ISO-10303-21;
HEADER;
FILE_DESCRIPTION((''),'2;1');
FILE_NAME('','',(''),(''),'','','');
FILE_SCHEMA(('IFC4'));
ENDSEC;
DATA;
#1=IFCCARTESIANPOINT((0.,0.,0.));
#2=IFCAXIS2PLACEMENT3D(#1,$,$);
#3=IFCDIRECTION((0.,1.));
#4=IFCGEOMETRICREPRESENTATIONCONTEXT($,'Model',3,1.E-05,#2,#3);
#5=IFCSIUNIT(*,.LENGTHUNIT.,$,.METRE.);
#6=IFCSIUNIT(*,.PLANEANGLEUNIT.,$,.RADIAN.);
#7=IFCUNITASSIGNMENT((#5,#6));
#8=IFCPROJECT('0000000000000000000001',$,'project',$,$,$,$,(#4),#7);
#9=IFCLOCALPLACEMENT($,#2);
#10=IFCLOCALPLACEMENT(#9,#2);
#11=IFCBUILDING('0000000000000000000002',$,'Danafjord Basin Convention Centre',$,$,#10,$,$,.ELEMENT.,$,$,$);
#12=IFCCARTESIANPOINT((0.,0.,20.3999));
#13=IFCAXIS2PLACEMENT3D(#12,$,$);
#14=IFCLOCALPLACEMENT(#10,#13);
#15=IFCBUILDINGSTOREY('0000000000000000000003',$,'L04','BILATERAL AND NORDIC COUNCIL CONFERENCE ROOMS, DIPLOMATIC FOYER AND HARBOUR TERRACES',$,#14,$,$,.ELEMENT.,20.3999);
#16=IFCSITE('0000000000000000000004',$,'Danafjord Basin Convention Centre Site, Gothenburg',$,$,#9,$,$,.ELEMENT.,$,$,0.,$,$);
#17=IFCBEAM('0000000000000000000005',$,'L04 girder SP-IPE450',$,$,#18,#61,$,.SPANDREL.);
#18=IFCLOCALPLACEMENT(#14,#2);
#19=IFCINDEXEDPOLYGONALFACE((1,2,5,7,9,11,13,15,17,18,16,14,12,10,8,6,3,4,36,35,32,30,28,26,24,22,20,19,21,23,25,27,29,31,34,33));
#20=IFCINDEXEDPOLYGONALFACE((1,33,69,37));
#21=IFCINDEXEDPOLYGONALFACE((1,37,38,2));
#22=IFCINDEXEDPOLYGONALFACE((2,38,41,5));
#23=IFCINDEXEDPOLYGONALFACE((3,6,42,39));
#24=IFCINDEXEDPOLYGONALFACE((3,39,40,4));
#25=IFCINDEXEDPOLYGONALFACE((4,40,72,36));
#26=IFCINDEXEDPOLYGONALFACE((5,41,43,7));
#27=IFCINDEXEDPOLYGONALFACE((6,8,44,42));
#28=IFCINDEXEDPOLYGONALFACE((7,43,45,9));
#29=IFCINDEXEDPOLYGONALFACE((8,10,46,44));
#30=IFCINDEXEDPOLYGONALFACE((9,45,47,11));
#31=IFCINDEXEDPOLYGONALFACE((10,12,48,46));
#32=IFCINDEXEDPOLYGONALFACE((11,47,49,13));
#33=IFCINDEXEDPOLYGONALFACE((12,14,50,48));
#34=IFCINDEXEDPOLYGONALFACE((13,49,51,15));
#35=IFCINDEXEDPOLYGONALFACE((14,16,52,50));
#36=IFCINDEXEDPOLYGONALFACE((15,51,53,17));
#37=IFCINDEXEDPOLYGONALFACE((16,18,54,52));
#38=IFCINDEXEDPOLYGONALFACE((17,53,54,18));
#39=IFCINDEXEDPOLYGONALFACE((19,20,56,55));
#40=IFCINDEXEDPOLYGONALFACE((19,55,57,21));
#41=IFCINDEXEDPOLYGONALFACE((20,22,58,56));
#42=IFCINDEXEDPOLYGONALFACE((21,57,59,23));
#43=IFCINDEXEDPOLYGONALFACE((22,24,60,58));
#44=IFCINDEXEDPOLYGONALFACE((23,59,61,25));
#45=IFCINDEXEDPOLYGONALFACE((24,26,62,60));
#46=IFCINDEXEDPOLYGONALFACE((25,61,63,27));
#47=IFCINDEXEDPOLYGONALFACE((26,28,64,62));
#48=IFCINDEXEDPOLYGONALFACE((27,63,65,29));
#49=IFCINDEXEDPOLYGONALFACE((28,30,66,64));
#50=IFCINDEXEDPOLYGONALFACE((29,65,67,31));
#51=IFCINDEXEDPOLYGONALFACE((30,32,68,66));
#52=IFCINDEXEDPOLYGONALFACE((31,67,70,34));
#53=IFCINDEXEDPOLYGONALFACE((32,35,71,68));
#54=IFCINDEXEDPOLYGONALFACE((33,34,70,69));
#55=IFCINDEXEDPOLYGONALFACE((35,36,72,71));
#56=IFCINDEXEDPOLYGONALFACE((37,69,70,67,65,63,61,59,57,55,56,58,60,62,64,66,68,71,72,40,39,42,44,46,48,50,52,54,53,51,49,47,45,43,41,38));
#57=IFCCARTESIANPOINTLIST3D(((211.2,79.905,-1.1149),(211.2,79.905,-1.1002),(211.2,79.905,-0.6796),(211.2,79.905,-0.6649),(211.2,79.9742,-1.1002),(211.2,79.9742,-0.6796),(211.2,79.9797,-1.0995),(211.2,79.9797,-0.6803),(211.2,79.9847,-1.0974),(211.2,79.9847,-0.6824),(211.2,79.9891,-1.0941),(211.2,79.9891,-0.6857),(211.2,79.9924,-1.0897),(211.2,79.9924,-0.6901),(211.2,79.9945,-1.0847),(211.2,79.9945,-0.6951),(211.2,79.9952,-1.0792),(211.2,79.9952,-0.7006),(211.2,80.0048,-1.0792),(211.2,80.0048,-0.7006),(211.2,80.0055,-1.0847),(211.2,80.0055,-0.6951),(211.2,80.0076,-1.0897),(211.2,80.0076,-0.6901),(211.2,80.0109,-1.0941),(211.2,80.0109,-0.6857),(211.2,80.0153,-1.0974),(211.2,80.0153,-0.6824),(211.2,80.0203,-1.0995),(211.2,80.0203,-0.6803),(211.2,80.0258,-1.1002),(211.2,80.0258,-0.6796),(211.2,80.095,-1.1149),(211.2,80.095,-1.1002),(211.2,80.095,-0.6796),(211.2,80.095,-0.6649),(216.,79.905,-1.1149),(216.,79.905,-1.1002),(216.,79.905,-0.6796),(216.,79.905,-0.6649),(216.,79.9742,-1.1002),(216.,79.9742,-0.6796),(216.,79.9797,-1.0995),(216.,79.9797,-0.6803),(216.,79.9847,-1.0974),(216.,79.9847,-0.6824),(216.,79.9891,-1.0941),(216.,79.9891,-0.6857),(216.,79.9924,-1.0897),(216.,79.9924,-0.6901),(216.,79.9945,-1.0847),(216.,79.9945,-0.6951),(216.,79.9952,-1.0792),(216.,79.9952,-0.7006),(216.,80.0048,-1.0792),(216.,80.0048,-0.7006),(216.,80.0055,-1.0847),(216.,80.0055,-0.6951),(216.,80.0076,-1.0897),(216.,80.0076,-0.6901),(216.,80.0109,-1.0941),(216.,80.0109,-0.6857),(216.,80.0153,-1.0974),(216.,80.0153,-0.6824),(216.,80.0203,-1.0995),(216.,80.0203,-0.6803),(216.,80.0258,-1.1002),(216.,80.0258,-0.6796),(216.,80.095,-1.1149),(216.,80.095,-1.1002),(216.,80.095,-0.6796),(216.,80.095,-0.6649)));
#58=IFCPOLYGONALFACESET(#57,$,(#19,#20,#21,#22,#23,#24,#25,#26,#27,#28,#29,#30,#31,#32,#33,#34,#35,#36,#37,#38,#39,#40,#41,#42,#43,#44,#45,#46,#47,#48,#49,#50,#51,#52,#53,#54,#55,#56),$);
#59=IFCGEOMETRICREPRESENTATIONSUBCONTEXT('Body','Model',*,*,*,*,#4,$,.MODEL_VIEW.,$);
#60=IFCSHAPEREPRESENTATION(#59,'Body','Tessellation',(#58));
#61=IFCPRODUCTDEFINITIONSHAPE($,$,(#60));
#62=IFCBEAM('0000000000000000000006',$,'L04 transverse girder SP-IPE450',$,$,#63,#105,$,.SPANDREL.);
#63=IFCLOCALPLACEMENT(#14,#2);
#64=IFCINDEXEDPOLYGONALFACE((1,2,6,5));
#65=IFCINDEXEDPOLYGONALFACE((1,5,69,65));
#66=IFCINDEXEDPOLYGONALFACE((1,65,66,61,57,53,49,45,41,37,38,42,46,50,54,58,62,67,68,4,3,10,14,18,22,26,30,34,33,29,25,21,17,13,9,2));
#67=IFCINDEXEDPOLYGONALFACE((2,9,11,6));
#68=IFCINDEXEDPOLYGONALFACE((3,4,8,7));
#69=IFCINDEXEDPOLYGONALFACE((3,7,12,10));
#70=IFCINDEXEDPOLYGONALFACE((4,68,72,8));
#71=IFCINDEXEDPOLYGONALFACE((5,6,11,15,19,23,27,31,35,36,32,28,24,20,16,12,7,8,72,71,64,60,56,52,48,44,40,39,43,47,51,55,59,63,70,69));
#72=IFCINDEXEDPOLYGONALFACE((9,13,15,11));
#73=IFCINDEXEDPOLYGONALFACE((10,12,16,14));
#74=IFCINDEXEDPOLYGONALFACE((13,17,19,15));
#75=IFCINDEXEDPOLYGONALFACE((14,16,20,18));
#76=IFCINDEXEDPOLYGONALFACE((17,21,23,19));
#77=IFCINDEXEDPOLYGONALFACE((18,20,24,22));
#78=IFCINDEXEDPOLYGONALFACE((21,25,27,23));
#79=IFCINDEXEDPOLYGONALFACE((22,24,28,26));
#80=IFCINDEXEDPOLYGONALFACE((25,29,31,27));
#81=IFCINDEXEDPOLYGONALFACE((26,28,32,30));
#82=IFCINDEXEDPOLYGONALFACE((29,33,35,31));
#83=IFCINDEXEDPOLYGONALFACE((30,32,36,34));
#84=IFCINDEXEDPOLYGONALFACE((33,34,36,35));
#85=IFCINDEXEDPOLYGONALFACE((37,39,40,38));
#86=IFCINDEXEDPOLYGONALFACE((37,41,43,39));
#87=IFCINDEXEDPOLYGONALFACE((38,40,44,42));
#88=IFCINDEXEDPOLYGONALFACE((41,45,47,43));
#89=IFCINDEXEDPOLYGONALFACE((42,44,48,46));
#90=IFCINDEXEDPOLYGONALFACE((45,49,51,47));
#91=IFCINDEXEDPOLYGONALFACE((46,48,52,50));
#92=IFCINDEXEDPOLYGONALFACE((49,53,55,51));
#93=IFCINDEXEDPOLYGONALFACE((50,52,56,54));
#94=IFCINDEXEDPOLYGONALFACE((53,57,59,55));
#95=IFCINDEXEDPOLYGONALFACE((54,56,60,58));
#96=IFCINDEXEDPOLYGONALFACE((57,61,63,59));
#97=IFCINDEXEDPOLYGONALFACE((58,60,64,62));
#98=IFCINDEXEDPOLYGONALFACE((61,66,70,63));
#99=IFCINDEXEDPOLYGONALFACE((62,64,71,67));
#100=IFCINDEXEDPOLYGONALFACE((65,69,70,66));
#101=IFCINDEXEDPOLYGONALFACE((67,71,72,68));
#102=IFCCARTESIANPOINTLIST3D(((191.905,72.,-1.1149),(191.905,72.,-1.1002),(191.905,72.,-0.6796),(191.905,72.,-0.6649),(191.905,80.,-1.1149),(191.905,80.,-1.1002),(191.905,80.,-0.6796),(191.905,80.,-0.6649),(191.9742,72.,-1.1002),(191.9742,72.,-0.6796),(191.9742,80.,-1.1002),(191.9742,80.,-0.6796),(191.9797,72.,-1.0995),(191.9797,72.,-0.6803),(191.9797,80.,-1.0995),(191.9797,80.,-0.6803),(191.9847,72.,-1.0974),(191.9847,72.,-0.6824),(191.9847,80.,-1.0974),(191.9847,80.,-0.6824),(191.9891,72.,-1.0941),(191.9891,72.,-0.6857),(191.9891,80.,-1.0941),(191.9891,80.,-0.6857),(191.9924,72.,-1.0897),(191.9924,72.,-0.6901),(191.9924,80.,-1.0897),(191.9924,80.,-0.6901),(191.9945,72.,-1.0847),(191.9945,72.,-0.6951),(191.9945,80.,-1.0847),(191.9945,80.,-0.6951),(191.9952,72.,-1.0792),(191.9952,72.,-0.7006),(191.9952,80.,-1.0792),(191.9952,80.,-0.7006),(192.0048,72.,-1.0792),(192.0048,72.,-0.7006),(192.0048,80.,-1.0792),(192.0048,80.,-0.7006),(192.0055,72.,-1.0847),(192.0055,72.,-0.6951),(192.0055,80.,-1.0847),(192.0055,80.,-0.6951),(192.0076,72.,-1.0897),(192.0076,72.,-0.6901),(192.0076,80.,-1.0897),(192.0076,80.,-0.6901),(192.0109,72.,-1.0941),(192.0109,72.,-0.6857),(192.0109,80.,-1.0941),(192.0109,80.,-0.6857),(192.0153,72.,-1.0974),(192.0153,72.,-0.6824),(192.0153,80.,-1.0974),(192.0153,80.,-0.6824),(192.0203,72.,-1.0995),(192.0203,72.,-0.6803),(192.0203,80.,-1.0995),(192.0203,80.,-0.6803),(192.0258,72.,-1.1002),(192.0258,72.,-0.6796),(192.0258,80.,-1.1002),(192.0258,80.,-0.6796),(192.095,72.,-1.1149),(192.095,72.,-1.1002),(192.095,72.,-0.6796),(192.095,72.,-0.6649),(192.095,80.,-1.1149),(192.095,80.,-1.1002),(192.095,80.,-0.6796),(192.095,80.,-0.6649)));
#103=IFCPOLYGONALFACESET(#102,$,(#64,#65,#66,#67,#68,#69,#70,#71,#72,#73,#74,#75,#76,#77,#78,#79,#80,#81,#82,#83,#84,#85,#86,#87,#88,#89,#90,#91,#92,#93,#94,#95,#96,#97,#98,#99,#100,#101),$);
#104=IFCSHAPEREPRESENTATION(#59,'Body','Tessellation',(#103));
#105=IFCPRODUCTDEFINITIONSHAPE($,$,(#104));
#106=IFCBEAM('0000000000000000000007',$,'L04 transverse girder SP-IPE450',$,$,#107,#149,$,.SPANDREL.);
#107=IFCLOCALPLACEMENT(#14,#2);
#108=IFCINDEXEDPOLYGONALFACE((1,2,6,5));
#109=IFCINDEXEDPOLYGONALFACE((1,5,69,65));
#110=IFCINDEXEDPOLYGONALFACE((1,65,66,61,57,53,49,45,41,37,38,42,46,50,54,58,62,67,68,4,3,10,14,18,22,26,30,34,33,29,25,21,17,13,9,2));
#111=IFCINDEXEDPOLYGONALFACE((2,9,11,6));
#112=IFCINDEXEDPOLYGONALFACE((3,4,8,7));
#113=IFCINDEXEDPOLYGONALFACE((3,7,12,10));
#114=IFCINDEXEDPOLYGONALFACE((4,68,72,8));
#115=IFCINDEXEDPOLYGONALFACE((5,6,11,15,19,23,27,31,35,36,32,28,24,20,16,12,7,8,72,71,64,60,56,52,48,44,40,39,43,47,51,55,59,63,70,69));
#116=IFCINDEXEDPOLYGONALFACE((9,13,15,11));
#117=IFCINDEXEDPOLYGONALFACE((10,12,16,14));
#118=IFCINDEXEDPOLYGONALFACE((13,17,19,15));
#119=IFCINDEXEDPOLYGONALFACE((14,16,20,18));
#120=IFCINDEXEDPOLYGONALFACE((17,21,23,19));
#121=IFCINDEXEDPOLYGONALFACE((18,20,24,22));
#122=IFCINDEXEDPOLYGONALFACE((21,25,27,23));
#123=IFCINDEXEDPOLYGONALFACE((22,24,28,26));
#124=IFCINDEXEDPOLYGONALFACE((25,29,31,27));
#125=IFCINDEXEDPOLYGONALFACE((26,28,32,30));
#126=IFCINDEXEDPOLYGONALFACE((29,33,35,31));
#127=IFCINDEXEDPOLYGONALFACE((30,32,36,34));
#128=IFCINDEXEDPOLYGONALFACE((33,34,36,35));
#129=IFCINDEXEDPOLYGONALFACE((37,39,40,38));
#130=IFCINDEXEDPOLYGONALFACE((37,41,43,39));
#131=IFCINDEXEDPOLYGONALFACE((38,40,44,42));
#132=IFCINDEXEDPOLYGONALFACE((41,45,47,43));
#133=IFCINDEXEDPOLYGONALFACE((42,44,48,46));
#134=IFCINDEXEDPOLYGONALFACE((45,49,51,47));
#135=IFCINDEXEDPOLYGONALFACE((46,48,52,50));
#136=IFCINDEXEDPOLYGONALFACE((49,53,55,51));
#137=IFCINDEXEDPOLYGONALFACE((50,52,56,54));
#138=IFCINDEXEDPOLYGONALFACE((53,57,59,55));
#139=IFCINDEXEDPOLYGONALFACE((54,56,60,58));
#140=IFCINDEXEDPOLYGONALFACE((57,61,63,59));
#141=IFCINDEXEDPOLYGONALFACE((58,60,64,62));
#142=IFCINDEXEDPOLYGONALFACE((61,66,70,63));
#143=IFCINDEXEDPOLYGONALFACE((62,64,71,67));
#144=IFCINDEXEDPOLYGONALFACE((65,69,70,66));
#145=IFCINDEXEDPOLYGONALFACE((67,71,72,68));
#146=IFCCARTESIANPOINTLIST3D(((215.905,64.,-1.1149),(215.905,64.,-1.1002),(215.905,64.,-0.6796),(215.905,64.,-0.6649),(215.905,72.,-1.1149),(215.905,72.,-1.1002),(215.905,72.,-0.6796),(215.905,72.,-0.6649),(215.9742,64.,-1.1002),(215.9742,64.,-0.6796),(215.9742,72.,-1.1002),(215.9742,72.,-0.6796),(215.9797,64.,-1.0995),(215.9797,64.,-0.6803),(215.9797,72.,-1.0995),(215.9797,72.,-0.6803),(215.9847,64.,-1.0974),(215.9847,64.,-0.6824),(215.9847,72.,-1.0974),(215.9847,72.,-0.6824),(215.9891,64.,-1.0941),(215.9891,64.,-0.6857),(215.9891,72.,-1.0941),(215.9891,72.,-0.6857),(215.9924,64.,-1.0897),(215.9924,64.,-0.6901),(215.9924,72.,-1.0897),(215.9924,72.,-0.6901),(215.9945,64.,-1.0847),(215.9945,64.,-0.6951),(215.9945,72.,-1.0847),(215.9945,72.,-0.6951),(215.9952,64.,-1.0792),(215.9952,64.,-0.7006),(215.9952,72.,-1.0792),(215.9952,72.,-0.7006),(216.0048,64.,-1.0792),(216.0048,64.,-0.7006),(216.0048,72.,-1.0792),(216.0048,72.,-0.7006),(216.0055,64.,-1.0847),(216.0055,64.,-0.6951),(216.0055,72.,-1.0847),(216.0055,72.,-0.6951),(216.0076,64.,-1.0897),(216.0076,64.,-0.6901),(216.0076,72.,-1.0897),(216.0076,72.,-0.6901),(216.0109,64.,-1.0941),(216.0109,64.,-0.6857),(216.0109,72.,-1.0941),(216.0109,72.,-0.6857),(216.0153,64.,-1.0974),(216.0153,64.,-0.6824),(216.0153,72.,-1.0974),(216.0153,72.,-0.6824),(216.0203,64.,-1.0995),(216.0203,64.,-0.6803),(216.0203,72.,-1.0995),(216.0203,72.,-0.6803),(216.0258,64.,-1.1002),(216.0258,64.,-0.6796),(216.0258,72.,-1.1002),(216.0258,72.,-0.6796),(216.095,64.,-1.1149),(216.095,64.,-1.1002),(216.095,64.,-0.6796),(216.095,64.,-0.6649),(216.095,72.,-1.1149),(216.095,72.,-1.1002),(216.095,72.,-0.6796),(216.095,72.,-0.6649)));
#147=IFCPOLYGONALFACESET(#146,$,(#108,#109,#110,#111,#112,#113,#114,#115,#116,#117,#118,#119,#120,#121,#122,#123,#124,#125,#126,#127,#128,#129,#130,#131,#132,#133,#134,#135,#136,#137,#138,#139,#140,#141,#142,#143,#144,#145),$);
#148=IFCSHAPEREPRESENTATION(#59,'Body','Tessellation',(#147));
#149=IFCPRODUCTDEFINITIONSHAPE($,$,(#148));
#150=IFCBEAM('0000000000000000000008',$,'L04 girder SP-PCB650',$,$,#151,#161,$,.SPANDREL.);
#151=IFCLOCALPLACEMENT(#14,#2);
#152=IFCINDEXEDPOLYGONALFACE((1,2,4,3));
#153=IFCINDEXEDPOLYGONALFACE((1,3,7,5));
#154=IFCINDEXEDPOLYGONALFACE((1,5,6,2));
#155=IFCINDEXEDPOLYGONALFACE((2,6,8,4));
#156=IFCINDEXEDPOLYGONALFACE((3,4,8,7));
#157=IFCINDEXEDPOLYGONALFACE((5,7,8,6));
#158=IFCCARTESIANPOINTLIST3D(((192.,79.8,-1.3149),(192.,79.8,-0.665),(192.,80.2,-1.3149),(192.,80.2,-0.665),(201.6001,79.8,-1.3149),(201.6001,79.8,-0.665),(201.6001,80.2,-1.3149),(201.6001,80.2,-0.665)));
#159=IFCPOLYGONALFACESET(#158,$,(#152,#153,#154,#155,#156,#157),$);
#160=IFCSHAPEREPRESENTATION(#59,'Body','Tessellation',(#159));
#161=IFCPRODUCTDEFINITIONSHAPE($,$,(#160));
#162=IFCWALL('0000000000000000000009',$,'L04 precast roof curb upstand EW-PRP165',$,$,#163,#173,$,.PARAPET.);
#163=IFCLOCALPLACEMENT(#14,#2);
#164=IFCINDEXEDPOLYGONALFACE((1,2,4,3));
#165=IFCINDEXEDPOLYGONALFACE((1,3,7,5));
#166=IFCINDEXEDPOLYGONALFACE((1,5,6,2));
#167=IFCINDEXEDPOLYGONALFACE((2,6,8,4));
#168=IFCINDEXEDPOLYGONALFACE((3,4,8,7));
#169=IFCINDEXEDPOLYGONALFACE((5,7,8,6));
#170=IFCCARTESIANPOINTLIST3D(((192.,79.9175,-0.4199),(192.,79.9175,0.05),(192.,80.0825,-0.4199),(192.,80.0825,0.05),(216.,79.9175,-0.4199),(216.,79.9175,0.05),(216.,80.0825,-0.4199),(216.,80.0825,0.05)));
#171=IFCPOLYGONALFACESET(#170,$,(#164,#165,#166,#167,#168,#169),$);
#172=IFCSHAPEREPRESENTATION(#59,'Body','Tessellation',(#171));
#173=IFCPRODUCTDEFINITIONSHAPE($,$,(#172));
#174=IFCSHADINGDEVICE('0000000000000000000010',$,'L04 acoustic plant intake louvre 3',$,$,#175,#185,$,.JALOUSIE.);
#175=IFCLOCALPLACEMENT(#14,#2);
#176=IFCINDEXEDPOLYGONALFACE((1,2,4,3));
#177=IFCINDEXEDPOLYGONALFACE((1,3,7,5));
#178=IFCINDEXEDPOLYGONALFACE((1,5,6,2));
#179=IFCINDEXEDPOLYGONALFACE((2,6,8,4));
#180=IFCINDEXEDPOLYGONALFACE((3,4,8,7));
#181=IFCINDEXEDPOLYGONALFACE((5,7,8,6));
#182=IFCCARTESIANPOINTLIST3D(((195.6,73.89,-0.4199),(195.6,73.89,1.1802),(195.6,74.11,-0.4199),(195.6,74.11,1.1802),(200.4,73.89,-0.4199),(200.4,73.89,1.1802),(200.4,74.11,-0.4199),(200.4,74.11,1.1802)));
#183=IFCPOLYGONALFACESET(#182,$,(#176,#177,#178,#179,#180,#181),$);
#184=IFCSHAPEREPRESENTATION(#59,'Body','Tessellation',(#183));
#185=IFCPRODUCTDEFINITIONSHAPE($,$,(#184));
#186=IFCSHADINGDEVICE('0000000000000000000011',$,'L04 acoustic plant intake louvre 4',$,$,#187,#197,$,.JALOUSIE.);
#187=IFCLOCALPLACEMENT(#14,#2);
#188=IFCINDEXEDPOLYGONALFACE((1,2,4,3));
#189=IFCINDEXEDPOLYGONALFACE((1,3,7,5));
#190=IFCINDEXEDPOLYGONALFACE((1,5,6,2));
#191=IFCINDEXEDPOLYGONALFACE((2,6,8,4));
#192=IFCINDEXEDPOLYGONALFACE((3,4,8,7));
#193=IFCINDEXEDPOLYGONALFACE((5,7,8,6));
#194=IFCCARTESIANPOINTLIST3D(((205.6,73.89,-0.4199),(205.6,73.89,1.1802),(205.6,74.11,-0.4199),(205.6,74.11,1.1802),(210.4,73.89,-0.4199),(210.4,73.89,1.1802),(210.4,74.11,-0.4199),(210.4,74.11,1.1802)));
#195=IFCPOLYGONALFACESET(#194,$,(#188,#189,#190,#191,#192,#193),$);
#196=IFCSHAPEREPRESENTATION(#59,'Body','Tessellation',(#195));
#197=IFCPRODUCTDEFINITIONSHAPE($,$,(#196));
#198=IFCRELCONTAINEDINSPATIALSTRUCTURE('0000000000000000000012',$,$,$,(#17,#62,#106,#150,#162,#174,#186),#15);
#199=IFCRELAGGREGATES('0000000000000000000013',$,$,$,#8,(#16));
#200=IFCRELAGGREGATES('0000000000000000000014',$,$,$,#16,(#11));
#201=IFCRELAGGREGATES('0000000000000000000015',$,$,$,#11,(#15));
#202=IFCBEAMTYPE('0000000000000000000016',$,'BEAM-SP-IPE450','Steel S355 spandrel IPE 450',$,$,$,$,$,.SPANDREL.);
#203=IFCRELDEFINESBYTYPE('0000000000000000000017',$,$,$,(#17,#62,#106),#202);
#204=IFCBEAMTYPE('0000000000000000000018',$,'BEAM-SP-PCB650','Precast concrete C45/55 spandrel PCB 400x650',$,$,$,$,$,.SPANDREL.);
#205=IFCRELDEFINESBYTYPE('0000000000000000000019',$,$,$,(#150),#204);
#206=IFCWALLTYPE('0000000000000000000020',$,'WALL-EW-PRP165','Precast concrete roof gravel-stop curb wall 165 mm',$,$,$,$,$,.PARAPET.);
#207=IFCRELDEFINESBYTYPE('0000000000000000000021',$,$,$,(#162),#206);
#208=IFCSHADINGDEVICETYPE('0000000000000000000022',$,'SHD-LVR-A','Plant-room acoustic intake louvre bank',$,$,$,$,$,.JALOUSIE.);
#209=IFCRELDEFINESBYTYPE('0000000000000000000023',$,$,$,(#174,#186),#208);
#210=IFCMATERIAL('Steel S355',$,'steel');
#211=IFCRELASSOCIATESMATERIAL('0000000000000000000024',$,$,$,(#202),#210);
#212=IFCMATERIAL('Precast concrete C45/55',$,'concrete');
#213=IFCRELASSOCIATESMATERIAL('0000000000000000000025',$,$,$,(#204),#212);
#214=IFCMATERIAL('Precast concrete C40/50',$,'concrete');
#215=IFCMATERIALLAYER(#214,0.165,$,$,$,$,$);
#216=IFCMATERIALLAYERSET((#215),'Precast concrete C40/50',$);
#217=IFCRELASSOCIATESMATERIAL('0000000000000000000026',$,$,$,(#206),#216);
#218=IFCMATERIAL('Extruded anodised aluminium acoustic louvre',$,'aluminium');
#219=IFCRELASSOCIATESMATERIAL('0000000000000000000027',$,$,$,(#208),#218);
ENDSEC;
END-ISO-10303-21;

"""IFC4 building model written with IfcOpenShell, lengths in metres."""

from ifc_helpers import new_model, si_unit, direction, frame, frame_2d, origin, origin_2d, place, context, subcontext, project, spatial, rectangle, i_section, extrude, material, layer, layer_set, material_profile, profile_set, type_object, element, save


model = new_model("IFC4")

# Units and contexts
model_context = context("Model", 3, precision=1e-05, world=origin(), true_north=direction((0.0, 1.0)))
body_context = subcontext(model_context, "Body", "Model", "MODEL_VIEW")
ifc_project = project(units=[si_unit("LENGTHUNIT", "METRE"), si_unit("PLANEANGLEUNIT", "RADIAN")], contexts=[model_context])

# Site, building, storey
site_placement = place(None, origin())
site = spatial("IfcSite", under=ifc_project, at=site_placement, Name="Danafjord Basin Convention Centre Site, Gothenburg", CompositionType="ELEMENT", RefElevation=0.0)
building_placement = place(site_placement, origin())
building = spatial("IfcBuilding", under=site, at=building_placement, Name="Danafjord Basin Convention Centre", CompositionType="ELEMENT")
storey_placement = place(building_placement, frame((0.0, 0.0, 20.3999)))
storey = spatial("IfcBuildingStorey", under=building, at=storey_placement, Name="L04", Description="BILATERAL AND NORDIC COUNCIL CONFERENCE ROOMS, DIPLOMATIC FOYER AND HARBOUR TERRACES", CompositionType="ELEMENT", Elevation=20.3999)

# Beams
ifc_material_1 = material(Name="Steel S355", Category="steel")
ifc_material_profile_1 = material_profile(ifc_material_1, i_section(OverallWidth=0.1899, OverallDepth=0.45, WebThickness=0.0095, FlangeThickness=0.0146, FilletRadius=0.021, at=origin_2d()), Name="IPE 450")
ifc_profile_set_1 = profile_set([ifc_material_profile_1], Name="Steel S355")
beam_type_1 = type_object("IfcBeamType", Name="BEAM-SP-IPE450", Description="Steel S355 spandrel IPE 450", PredefinedType="SPANDREL", material=ifc_profile_set_1)
beam_1_placement = place(storey_placement, frame((211.2, 80.0, -0.8899), z_axis=(1.0, 0.0, 0.0), x_axis=(0.0, 1.0, 0.0)))
element("IfcBeam", 1, at=beam_1_placement, inside=storey, type_object=beam_type_1, Name="L04 girder SP-IPE450", PredefinedType="SPANDREL", context=body_context, shape_type="SweptSolid", body=[
    extrude(i_section(OverallWidth=0.1899, OverallDepth=0.45, WebThickness=0.0095, FlangeThickness=0.0146, FilletRadius=0.021, at=origin_2d()), origin(), (0.0, 0.0, 1.0), 4.8),
])
for number, where, z_axis, x_axis, name in (
    (2, (192.0, 72.0, -0.8899), (0.0, 1.0, 0.0), (-1.0, 0.0, 0.0), "L04 transverse girder SP-IPE450"),
    (3, (216.0, 64.0, -0.8899), (0.0, 1.0, 0.0), (-1.0, 0.0, 0.0), "L04 transverse girder SP-IPE450"),
):
    element("IfcBeam", number, at=place(storey_placement, frame(where, z_axis=z_axis, x_axis=x_axis)), inside=storey, type_object=beam_type_1, Name=name, PredefinedType="SPANDREL", context=body_context, shape_type="SweptSolid", body=[
        extrude(i_section(OverallWidth=0.1899, OverallDepth=0.45, WebThickness=0.0095, FlangeThickness=0.0146, FilletRadius=0.021, at=origin_2d()), origin(), (0.0, 0.0, 1.0), 8.0),
    ])
ifc_material_2 = material(Name="Precast concrete C45/55", Category="concrete")
ifc_material_profile_2 = material_profile(ifc_material_2, rectangle(XDim=0.3999, YDim=0.6499, at=origin_2d()), Name="PCB 400x650")
ifc_profile_set_2 = profile_set([ifc_material_profile_2], Name="Precast concrete C45/55")
beam_type_2 = type_object("IfcBeamType", Name="BEAM-SP-PCB650", Description="Precast concrete C45/55 spandrel PCB 400x650", PredefinedType="SPANDREL", material=ifc_profile_set_2)
beam_2_placement = place(storey_placement, frame((192.0, 80.0, -0.99), z_axis=(1.0, 0.0, 0.0), x_axis=(0.0, 1.0, 0.0)))
element("IfcBeam", 4, at=beam_2_placement, inside=storey, type_object=beam_type_2, Name="L04 girder SP-PCB650", PredefinedType="SPANDREL", context=body_context, shape_type="SweptSolid", body=[
    extrude(rectangle(XDim=0.3999, YDim=0.6499, at=origin_2d()), origin(), (0.0, 0.0, 1.0), 9.6001),
])

# Wall
ifc_material_3 = material(Name="Precast concrete C40/50", Category="concrete")
ifc_layer = layer(ifc_material_3, 0.165)
ifc_layer_set = layer_set([ifc_layer], Name="Precast concrete C40/50")
wall_type = type_object("IfcWallType", Name="WALL-EW-PRP165", Description="Precast concrete roof gravel-stop curb wall 165 mm", PredefinedType="PARAPET", material=ifc_layer_set)
wall_placement = place(storey_placement, frame((192.0, 80.0, -0.4199), z_axis=(0.0, 0.0, 1.0), x_axis=(1.0, 0.0, 0.0)))
element("IfcWall", 5, at=wall_placement, inside=storey, type_object=wall_type, Name="L04 precast roof curb upstand EW-PRP165", PredefinedType="PARAPET", context=body_context, shape_type="SweptSolid", body=[
    extrude(rectangle(XDim=24.0, YDim=0.165, at=frame_2d((12.0, 0.0))), origin(), (0.0, 0.0, 1.0), 0.47),
])

# Shading devices
ifc_material_4 = material(Name="Extruded anodised aluminium acoustic louvre", Category="aluminium")
shading_device_type = type_object("IfcShadingDeviceType", Name="SHD-LVR-A", Description="Plant-room acoustic intake louvre bank", PredefinedType="JALOUSIE", material=ifc_material_4)
for number, where, z_axis, x_axis, name in (
    (6, (198.0, 74.0, -0.4199), (0.0, 0.0, 1.0), (1.0, 0.0, 0.0), "L04 acoustic plant intake louvre 3"),
    (7, (208.0, 74.0, -0.4199), (0.0, 0.0, 1.0), (1.0, 0.0, 0.0), "L04 acoustic plant intake louvre 4"),
):
    element("IfcShadingDevice", number, at=place(storey_placement, frame(where, z_axis=z_axis, x_axis=x_axis)), inside=storey, type_object=shading_device_type, Name=name, PredefinedType="JALOUSIE", context=body_context, shape_type="SweptSolid", body=[
        extrude(rectangle(XDim=4.8, YDim=0.22, at=origin_2d()), origin(), (0.0, 0.0, 1.0), 1.6001),
    ])

save(model, "model.ifc")
